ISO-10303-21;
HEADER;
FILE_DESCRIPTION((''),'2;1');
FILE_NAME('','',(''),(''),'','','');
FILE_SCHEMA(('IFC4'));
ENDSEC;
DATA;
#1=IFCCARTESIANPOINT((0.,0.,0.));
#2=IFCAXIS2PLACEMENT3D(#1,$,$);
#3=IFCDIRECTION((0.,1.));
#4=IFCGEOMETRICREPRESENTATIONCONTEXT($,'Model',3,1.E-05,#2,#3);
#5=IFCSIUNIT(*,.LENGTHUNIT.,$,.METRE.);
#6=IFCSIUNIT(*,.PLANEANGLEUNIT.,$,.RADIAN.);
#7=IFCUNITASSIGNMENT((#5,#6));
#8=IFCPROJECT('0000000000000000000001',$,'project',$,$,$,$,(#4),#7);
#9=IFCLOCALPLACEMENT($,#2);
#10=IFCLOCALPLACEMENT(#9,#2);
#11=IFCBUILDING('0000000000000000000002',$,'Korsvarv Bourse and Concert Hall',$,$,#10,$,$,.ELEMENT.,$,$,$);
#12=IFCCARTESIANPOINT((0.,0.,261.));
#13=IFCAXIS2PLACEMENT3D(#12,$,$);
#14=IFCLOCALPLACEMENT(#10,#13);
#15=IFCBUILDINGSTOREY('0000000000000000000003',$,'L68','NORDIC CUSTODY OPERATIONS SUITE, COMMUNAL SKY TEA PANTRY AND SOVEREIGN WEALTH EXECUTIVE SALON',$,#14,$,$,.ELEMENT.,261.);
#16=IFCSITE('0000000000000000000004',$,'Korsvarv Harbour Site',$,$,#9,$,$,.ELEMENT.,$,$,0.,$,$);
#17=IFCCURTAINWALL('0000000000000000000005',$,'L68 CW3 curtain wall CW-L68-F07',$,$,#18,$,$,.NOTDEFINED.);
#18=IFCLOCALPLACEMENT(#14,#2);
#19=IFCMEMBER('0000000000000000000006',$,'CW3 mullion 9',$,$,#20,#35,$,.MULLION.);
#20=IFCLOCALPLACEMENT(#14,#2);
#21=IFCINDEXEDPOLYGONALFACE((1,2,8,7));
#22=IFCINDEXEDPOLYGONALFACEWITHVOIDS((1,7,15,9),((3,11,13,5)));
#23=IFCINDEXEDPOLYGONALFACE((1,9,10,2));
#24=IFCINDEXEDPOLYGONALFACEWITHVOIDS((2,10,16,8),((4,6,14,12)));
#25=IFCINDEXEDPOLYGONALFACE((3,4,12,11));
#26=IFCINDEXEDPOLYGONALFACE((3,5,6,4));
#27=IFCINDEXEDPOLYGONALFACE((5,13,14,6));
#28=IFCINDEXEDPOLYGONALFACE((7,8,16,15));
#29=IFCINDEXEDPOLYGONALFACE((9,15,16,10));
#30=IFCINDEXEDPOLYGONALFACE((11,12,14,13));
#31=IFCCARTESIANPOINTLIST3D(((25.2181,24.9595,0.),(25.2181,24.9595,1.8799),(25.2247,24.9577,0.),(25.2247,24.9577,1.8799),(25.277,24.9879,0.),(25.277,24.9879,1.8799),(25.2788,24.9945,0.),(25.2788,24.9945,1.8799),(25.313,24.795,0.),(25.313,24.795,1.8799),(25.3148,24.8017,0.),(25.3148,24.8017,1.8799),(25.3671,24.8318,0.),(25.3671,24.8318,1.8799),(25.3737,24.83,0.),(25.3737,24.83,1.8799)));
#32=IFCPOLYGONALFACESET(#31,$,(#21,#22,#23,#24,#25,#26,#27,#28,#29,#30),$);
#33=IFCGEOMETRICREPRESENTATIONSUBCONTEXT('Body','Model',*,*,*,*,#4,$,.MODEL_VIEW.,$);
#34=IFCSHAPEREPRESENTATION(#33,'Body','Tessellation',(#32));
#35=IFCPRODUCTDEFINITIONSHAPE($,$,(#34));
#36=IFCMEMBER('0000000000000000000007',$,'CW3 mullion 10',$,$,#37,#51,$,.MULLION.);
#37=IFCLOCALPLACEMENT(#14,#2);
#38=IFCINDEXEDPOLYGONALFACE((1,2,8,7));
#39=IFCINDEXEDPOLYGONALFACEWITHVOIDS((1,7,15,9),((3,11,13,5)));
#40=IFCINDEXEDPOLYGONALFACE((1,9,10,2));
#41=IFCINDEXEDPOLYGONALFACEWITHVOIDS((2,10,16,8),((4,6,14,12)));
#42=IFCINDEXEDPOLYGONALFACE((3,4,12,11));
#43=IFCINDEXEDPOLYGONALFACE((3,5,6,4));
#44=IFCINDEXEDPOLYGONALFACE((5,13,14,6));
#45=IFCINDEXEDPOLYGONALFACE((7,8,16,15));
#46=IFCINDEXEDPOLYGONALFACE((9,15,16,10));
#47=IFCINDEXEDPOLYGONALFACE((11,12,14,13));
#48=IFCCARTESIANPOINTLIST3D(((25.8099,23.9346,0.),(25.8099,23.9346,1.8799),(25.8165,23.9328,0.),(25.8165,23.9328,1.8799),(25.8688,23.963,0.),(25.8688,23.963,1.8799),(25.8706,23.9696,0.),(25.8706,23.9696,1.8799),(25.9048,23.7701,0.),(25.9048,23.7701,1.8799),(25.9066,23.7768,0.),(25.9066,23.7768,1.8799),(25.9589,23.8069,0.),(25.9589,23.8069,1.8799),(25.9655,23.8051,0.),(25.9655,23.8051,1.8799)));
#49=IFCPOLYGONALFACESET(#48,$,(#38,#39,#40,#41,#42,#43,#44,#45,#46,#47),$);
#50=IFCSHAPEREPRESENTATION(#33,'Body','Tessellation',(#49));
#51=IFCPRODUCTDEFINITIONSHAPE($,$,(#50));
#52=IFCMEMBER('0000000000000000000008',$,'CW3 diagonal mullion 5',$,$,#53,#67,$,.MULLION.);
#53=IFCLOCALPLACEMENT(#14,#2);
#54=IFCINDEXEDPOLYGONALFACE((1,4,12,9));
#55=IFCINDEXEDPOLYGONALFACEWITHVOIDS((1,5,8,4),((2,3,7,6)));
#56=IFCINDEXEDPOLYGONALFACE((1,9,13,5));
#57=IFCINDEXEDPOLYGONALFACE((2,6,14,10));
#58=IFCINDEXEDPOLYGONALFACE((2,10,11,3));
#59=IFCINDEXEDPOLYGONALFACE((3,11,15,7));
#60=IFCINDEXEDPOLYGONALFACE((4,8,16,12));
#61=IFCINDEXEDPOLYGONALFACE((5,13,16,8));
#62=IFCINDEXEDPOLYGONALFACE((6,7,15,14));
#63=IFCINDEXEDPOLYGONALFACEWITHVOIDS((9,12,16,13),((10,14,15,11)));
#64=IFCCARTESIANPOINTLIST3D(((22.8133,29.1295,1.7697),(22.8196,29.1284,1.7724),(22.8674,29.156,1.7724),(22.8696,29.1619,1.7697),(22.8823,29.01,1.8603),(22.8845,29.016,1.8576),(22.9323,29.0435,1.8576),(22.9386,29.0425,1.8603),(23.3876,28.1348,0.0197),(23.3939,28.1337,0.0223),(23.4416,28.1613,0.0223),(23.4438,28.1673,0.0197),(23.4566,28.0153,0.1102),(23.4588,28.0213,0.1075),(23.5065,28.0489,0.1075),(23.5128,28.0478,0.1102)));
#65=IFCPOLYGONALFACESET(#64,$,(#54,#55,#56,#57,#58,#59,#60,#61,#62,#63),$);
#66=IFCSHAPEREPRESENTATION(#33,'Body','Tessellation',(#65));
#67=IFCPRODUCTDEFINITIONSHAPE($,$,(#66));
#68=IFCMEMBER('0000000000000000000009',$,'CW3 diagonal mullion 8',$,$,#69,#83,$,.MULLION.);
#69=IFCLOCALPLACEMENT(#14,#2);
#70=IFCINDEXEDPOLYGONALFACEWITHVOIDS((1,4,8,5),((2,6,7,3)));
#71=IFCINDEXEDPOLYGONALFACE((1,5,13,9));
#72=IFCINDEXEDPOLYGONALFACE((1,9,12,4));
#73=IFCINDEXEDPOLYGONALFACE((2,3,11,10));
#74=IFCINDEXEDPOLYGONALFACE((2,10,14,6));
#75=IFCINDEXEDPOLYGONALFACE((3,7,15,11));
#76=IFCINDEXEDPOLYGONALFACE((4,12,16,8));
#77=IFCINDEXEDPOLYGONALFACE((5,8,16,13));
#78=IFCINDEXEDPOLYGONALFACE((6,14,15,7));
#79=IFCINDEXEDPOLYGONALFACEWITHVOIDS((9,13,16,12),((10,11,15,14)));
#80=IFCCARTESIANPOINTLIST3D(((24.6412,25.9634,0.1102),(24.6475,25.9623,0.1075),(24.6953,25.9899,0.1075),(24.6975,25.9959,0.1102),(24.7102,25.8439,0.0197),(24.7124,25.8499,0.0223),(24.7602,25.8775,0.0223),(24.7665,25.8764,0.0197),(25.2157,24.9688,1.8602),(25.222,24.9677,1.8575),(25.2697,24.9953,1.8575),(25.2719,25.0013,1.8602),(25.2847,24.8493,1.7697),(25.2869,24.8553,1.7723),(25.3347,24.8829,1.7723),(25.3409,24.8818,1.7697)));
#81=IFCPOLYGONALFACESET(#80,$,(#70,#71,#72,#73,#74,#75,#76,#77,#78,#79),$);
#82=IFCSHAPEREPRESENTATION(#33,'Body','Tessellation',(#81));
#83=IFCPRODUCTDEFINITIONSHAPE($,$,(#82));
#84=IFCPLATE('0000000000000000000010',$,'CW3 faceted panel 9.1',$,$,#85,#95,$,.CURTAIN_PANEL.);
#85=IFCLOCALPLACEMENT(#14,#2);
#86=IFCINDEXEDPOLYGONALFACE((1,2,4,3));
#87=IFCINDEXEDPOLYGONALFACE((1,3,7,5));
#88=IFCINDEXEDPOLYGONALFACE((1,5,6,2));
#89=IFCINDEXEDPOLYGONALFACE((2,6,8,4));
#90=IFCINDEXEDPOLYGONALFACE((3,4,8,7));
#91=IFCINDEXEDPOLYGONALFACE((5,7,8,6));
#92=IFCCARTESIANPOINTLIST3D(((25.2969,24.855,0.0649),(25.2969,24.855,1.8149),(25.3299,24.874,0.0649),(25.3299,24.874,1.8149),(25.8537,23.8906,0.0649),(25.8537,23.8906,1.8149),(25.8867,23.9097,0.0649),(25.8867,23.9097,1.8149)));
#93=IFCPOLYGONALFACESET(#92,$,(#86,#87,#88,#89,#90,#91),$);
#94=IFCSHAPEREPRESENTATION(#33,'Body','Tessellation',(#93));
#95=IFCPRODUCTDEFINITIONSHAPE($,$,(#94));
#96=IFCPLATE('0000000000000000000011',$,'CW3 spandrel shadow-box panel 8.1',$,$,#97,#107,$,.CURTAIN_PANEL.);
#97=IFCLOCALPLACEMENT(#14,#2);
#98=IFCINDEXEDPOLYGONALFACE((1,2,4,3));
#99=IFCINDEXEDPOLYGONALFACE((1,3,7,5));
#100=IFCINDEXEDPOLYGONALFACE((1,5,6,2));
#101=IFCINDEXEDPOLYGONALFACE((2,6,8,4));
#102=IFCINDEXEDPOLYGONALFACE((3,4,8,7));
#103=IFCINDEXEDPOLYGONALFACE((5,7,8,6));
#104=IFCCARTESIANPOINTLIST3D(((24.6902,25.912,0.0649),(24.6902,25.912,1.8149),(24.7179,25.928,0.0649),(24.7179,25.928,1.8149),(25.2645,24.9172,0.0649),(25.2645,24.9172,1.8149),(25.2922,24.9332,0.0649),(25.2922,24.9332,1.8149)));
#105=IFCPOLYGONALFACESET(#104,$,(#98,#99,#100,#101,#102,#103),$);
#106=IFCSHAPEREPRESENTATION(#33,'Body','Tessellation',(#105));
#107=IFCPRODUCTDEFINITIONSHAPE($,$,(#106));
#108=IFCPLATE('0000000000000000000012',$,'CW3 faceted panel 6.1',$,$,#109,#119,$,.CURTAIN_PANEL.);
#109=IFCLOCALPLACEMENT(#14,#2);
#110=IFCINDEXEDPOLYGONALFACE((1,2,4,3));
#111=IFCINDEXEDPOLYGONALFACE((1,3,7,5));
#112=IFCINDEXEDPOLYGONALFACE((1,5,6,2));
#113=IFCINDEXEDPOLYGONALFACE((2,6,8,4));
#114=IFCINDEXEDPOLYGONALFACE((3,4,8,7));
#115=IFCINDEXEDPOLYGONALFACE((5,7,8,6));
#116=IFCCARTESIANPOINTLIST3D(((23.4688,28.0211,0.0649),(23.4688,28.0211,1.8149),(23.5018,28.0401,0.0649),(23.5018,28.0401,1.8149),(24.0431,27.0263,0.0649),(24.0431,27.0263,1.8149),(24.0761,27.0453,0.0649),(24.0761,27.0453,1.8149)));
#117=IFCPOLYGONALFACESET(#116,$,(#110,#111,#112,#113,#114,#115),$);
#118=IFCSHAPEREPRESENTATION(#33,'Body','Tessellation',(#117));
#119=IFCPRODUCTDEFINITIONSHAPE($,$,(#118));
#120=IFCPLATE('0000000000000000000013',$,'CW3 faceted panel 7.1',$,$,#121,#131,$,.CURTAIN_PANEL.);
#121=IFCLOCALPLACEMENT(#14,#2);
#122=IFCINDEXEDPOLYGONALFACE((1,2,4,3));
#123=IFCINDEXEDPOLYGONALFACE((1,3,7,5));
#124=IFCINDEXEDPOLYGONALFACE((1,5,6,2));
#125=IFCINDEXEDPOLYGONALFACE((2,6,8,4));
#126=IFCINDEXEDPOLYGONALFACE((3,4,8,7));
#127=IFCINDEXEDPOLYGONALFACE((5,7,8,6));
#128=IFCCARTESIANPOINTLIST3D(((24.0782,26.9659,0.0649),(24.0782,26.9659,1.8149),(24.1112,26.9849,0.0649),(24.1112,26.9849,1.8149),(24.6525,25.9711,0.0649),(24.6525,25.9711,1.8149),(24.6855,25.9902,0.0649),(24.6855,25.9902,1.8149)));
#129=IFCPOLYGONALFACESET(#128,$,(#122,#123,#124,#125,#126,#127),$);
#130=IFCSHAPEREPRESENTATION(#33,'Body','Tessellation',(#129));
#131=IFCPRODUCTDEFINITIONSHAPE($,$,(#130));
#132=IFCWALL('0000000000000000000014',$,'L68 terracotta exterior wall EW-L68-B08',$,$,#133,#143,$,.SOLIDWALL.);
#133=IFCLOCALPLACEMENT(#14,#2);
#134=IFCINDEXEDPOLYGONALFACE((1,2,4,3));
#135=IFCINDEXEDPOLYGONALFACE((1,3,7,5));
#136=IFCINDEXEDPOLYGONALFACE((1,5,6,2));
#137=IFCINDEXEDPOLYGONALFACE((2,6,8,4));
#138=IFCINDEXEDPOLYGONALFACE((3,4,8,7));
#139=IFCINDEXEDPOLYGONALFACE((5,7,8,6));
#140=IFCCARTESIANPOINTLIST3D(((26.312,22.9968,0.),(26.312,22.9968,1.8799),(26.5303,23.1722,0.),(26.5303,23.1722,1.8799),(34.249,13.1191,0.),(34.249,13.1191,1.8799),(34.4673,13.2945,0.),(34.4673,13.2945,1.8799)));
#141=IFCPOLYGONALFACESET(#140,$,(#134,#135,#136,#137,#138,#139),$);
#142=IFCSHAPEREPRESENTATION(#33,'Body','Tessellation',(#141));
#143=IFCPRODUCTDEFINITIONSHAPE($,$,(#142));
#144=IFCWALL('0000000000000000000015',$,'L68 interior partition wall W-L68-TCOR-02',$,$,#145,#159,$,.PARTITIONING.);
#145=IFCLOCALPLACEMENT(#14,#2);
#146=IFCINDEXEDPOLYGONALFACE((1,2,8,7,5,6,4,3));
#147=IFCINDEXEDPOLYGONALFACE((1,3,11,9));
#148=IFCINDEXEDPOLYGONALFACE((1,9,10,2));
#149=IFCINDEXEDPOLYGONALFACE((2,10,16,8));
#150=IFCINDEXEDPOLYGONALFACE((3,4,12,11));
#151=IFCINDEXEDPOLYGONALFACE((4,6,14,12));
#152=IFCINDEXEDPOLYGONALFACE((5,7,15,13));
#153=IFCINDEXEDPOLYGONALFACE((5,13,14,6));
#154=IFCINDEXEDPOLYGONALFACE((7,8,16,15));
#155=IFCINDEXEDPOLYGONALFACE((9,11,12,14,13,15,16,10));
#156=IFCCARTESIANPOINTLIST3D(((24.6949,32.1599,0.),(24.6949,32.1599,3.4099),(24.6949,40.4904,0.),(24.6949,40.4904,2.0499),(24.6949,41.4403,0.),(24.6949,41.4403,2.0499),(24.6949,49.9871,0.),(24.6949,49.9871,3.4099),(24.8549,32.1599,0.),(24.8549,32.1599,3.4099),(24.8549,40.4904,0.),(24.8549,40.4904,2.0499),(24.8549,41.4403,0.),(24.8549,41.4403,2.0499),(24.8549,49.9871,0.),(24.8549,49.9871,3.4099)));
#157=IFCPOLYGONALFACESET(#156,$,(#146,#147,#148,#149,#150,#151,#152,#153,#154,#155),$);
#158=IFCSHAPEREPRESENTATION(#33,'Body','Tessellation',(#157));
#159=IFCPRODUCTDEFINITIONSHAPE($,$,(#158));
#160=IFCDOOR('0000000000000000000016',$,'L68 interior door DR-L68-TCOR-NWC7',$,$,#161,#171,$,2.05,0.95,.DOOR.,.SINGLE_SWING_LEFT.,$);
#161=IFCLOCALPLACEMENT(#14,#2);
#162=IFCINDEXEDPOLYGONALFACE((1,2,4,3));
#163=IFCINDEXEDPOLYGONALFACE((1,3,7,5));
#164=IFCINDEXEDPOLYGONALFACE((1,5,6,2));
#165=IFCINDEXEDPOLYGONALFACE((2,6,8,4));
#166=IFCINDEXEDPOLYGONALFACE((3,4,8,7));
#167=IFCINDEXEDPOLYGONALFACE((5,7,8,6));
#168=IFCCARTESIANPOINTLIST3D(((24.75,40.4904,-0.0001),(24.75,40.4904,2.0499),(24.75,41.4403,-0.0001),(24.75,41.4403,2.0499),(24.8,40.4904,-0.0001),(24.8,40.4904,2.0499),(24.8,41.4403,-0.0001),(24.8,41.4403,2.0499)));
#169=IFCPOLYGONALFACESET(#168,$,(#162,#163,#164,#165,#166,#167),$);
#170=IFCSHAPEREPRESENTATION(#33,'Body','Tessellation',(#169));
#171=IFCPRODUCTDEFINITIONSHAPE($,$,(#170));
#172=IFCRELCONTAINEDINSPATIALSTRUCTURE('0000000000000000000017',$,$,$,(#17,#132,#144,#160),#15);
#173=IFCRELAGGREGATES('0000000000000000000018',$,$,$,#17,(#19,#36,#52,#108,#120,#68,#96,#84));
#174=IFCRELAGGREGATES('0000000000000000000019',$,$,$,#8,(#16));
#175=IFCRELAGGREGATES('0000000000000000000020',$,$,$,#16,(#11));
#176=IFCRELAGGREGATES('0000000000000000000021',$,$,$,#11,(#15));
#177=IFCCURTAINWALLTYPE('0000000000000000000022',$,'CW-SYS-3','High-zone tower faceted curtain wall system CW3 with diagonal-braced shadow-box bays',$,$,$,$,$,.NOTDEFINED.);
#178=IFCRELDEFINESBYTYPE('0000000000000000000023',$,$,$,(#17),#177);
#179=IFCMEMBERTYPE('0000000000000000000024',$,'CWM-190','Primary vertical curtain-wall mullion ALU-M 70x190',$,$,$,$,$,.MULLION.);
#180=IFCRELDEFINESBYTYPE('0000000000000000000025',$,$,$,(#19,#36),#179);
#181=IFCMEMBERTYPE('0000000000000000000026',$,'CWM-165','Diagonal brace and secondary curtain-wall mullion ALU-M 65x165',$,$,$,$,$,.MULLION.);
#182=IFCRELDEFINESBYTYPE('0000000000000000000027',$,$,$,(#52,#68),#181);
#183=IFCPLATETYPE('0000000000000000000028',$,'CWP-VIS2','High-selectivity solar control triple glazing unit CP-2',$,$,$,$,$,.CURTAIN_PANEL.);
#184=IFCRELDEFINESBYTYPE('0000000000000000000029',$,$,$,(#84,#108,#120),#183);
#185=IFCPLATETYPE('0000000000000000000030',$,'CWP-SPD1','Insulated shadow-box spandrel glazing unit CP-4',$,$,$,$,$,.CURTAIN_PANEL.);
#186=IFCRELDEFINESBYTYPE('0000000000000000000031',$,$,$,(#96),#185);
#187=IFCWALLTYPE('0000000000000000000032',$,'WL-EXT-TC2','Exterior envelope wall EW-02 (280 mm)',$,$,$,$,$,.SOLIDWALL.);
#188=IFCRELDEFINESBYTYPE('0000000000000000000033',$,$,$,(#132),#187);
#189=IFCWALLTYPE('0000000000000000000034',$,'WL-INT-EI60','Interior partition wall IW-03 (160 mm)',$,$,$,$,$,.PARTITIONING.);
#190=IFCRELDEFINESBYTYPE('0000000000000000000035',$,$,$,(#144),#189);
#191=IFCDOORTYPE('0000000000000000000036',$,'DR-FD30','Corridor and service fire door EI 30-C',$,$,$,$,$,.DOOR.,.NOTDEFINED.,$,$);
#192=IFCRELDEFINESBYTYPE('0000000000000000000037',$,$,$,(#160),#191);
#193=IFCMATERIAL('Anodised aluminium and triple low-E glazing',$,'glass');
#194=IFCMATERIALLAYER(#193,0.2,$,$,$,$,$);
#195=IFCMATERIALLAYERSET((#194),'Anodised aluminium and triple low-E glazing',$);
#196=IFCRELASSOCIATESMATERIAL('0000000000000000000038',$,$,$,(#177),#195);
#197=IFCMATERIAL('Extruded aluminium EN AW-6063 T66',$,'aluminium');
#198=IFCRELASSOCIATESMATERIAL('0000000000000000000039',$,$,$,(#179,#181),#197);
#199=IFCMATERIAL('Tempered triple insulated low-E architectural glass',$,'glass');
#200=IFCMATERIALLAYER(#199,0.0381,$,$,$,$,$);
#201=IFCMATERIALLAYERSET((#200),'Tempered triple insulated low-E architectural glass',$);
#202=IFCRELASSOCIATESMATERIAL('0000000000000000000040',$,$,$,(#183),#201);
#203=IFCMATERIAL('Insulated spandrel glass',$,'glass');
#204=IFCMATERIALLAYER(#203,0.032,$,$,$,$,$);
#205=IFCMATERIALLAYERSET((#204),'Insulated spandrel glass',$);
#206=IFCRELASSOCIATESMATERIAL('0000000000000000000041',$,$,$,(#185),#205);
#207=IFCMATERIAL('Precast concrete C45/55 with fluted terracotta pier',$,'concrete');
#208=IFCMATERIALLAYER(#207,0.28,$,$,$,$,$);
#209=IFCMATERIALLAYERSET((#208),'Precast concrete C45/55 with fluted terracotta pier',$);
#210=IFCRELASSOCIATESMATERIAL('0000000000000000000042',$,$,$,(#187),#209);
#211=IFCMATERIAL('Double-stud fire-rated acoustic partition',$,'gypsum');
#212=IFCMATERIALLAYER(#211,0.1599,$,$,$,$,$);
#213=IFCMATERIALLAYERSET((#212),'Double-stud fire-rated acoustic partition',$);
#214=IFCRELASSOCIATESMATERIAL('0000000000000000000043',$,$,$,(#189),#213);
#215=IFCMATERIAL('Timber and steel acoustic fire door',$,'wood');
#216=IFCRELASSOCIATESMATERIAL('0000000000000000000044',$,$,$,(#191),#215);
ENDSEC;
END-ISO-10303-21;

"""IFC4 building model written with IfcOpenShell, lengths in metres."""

from ifc_helpers import new_model, si_unit, direction, frame, frame_2d, origin, origin_2d, place, context, subcontext, project, spatial, rectangle, hollow_rectangle, extrude, source, transform, mapped, material, layer, layer_set, material_profile, profile_set, type_object, element, fill, aggregate, save


model = new_model("IFC4")

# Units and contexts
model_context = context("Model", 3, precision=1e-05, world=origin(), true_north=direction((0.0, 1.0)))
body_context = subcontext(model_context, "Body", "Model", "MODEL_VIEW")
ifc_project = project(units=[si_unit("LENGTHUNIT", "METRE"), si_unit("PLANEANGLEUNIT", "RADIAN")], contexts=[model_context])

# Site, building, storey
site_placement = place(None, origin())
site = spatial("IfcSite", under=ifc_project, at=site_placement, Name="Korsvarv Harbour Site", CompositionType="ELEMENT", RefElevation=0.0)
building_placement = place(site_placement, origin())
building = spatial("IfcBuilding", under=site, at=building_placement, Name="Korsvarv Bourse and Concert Hall", CompositionType="ELEMENT")
storey_placement = place(building_placement, frame((0.0, 0.0, 261.0)))
storey = spatial("IfcBuildingStorey", under=building, at=storey_placement, Name="L68", Description="NORDIC CUSTODY OPERATIONS SUITE, COMMUNAL SKY TEA PANTRY AND SOVEREIGN WEALTH EXECUTIVE SALON", CompositionType="ELEMENT", Elevation=261.0)

# Curtain wall, members, plates
ifc_material_1 = material(Name="Anodised aluminium and triple low-E glazing", Category="glass")
ifc_layer_1 = layer(ifc_material_1, 0.2)
ifc_layer_set_1 = layer_set([ifc_layer_1], Name="Anodised aluminium and triple low-E glazing")
curtain_wall_type = type_object("IfcCurtainWallType", Name="CW-SYS-3", Description="High-zone tower faceted curtain wall system CW3 with diagonal-braced shadow-box bays", PredefinedType="NOTDEFINED", material=ifc_layer_set_1)
curtain_wall_placement = place(storey_placement, origin())
curtain_wall = element("IfcCurtainWall", 1, at=curtain_wall_placement, inside=storey, type_object=curtain_wall_type, Name="L68 CW3 curtain wall CW-L68-F07", PredefinedType="NOTDEFINED")
ifc_material_2 = material(Name="Extruded aluminium EN AW-6063 T66", Category="aluminium")
ifc_material_profile_1 = material_profile(ifc_material_2, hollow_rectangle(XDim=0.0701, YDim=0.1899, WallThickness=0.0049, at=origin_2d()), Name="ALU-M 70x190")
ifc_profile_set_1 = profile_set([ifc_material_profile_1], Name="Extruded aluminium EN AW-6063 T66")
member_type_1 = type_object("IfcMemberType", Name="CWM-190", Description="Primary vertical curtain-wall mullion ALU-M 70x190", PredefinedType="MULLION", material=ifc_profile_set_1)
shared_shape_1 = source(origin(), body_context, "Body", "SweptSolid", [
    extrude(hollow_rectangle(XDim=0.0701, YDim=0.1899, WallThickness=0.0049, at=origin_2d()), origin(), (0.0, 0.0, 1.0), 1.8799),
])
member_1_placement = place(storey_placement, frame((25.2959, 24.8948, 0.0), z_axis=(0.0, 0.0, 1.0), x_axis=(0.866023, 0.500004, 0.0)))
member_1 = element("IfcMember", 2, at=member_1_placement, type_object=member_type_1, Name="CW3 mullion 9", PredefinedType="MULLION", context=body_context, shape_type="MappedRepresentation", body=[
    mapped(shared_shape_1, transform((0.0, 0.0, 0.0), scale=1.0)),
])
member_2_placement = place(storey_placement, frame((25.8877, 23.8699, 0.0), z_axis=(0.0, 0.0, 1.0), x_axis=(0.866023, 0.500004, 0.0)))
member_2 = element("IfcMember", 3, at=member_2_placement, type_object=member_type_1, Name="CW3 mullion 10", PredefinedType="MULLION", context=body_context, shape_type="MappedRepresentation", body=[
    mapped(shared_shape_1, transform((0.0, 0.0, 0.0), scale=1.0)),
])
ifc_material_profile_2 = material_profile(ifc_material_2, hollow_rectangle(XDim=0.0649, YDim=0.165, WallThickness=0.0049, at=origin_2d()), Name="ALU-M 65x165")
ifc_profile_set_2 = profile_set([ifc_material_profile_2], Name="Extruded aluminium EN AW-6063 T66")
member_type_2 = type_object("IfcMemberType", Name="CWM-165", Description="Diagonal brace and secondary curtain-wall mullion ALU-M 65x165", PredefinedType="MULLION", material=ifc_profile_set_2)
shared_shape_2 = source(origin(), body_context, "Body", "SweptSolid", [
    extrude(hollow_rectangle(XDim=0.0649, YDim=0.165, WallThickness=0.0049, at=origin_2d()), origin(), (0.0, 0.0, 1.0), 2.0933),
])
member_3_placement = place(storey_placement, frame((23.4502, 28.0913, 0.0649), z_axis=(-0.274325, 0.47517, 0.836038), x_axis=(-0.866037, -0.49998, 0.0)))
member_3 = element("IfcMember", 4, at=member_3_placement, type_object=member_type_2, Name="CW3 diagonal mullion 5", PredefinedType="MULLION", context=body_context, shape_type="MappedRepresentation", body=[
    mapped(shared_shape_2, transform((0.0, 0.0, 0.0), scale=1.0)),
])
member_4_placement = place(storey_placement, frame((24.7039, 25.9199, 0.0649), z_axis=(0.274433, -0.475155, 0.836011), x_axis=(0.865945, 0.500139, 0.0)))
member_4 = element("IfcMember", 5, at=member_4_placement, type_object=member_type_2, Name="CW3 diagonal mullion 8", PredefinedType="MULLION", context=body_context, shape_type="MappedRepresentation", body=[
    mapped(shared_shape_2, transform((0.0, 0.0, 0.0), scale=1.0)),
])
ifc_material_3 = material(Name="Tempered triple insulated low-E architectural glass", Category="glass")
ifc_layer_2 = layer(ifc_material_3, 0.0381)
ifc_layer_set_2 = layer_set([ifc_layer_2], Name="Tempered triple insulated low-E architectural glass")
plate_type_1 = type_object("IfcPlateType", Name="CWP-VIS2", Description="High-selectivity solar control triple glazing unit CP-2", PredefinedType="CURTAIN_PANEL", material=ifc_layer_set_2)
shared_shape_3 = source(origin(), body_context, "Body", "SweptSolid", [
    extrude(rectangle(XDim=1.1135, YDim=0.0381, at=origin_2d()), origin(), (0.0, 0.0, 1.0), 1.75),
])
plate_1_placement = place(storey_placement, frame((25.5918, 24.3823, 0.0649), z_axis=(0.0, 0.0, 1.0), x_axis=(0.500004, -0.866023, 0.0)))
plate_1 = element("IfcPlate", 6, at=plate_1_placement, type_object=plate_type_1, Name="CW3 faceted panel 9.1", PredefinedType="CURTAIN_PANEL", context=body_context, shape_type="MappedRepresentation", body=[
    mapped(shared_shape_3, transform((0.0, 0.0, 0.0), scale=1.0)),
])
ifc_material_4 = material(Name="Insulated spandrel glass", Category="glass")
ifc_layer_3 = layer(ifc_material_4, 0.032)
ifc_layer_set_3 = layer_set([ifc_layer_3], Name="Insulated spandrel glass")
plate_type_2 = type_object("IfcPlateType", Name="CWP-SPD1", Description="Insulated shadow-box spandrel glazing unit CP-4", PredefinedType="CURTAIN_PANEL", material=ifc_layer_set_3)
shared_shape_4 = source(origin(), body_context, "Body", "SweptSolid", [
    extrude(rectangle(XDim=1.1487, YDim=0.032, at=origin_2d()), origin(), (0.0, 0.0, 1.0), 1.75),
])
plate_2_placement = place(storey_placement, frame((24.9912, 25.4226, 0.0649), z_axis=(0.0, 0.0, 1.0), x_axis=(0.500004, -0.866023, 0.0)))
plate_2 = element("IfcPlate", 7, at=plate_2_placement, type_object=plate_type_2, Name="CW3 spandrel shadow-box panel 8.1", PredefinedType="CURTAIN_PANEL", context=body_context, shape_type="MappedRepresentation", body=[
    mapped(shared_shape_4, transform((0.0, 0.0, 0.0), scale=1.0)),
])
shared_shape_5 = source(origin(), body_context, "Body", "SweptSolid", [
    extrude(rectangle(XDim=1.1487, YDim=0.0381, at=origin_2d()), origin(), (0.0, 0.0, 1.0), 1.75),
])
plate_3_placement = place(storey_placement, frame((23.7725, 27.5332, 0.0649), z_axis=(0.0, 0.0, 1.0), x_axis=(0.500004, -0.866023, 0.0)))
plate_3 = element("IfcPlate", 8, at=plate_3_placement, type_object=plate_type_1, Name="CW3 faceted panel 6.1", PredefinedType="CURTAIN_PANEL", context=body_context, shape_type="MappedRepresentation", body=[
    mapped(shared_shape_5, transform((0.0, 0.0, 0.0), scale=1.0)),
])
plate_4_placement = place(storey_placement, frame((24.3818, 26.478, 0.0649), z_axis=(0.0, 0.0, 1.0), x_axis=(0.500004, -0.866023, 0.0)))
plate_4 = element("IfcPlate", 9, at=plate_4_placement, type_object=plate_type_1, Name="CW3 faceted panel 7.1", PredefinedType="CURTAIN_PANEL", context=body_context, shape_type="MappedRepresentation", body=[
    mapped(shared_shape_5, transform((0.0, 0.0, 0.0), scale=1.0)),
])
aggregate(curtain_wall, [member_1, member_2, member_3, plate_3, plate_4, member_4, plate_2, plate_1])

# Wall
ifc_material_5 = material(Name="Precast concrete C45/55 with fluted terracotta pier", Category="concrete")
ifc_layer_4 = layer(ifc_material_5, 0.28)
ifc_layer_set_4 = layer_set([ifc_layer_4], Name="Precast concrete C45/55 with fluted terracotta pier")
wall_type_1 = type_object("IfcWallType", Name="WL-EXT-TC2", Description="Exterior envelope wall EW-02 (280 mm)", PredefinedType="SOLIDWALL", material=ifc_layer_set_4)
wall_1_placement = place(storey_placement, frame((26.4211, 23.0845, 0.0), z_axis=(0.0, 0.0, 1.0), x_axis=(0.626371, -0.779525, 0.0)))
element("IfcWall", 10, at=wall_1_placement, inside=storey, type_object=wall_type_1, Name="L68 terracotta exterior wall EW-L68-B08", PredefinedType="SOLIDWALL", context=body_context, shape_type="SweptSolid", body=[
    extrude(rectangle(XDim=12.6714, YDim=0.28, at=frame_2d((6.3357, 0.0))), origin(), (0.0, 0.0, 1.0), 1.8799),
])

# Wall, opening, door
ifc_material_6 = material(Name="Double-stud fire-rated acoustic partition", Category="gypsum")
ifc_layer_5 = layer(ifc_material_6, 0.1599)
ifc_layer_set_5 = layer_set([ifc_layer_5], Name="Double-stud fire-rated acoustic partition")
wall_type_2 = type_object("IfcWallType", Name="WL-INT-EI60", Description="Interior partition wall IW-03 (160 mm)", PredefinedType="PARTITIONING", material=ifc_layer_set_5)
wall_2_placement = place(storey_placement, frame((24.7749, 32.1599, 0.0), z_axis=(0.0, 0.0, 1.0), x_axis=(0.0, 1.0, 0.0)))
wall_2 = element("IfcWall", 11, at=wall_2_placement, inside=storey, type_object=wall_type_2, Name="L68 interior partition wall W-L68-TCOR-02", PredefinedType="PARTITIONING", context=body_context, shape_type="SweptSolid", body=[
    extrude(rectangle(XDim=17.8271, YDim=0.1599, at=frame_2d((8.9136, 0.0))), origin(), (0.0, 0.0, 1.0), 3.4099),
])
opening_1_placement = place(wall_2_placement, frame((8.3303, 0.0, 0.0)))
opening_1 = element("IfcOpeningElement", 12, at=opening_1_placement, cuts=wall_2, PredefinedType="OPENING", context=body_context, shape_type="SweptSolid", body=[
    extrude(rectangle(XDim=0.95, YDim=2.05, at=frame_2d((0.4751, 1.0249))), frame((0.0, 0.0898, 0.0), z_axis=(0.0, -1.0, 0.0), x_axis=(1.0, 0.0, 0.0)), (0.0, 0.0, 1.0), 0.1799),
])
ifc_material_7 = material(Name="Timber and steel acoustic fire door", Category="wood")
door_type_1 = type_object("IfcDoorType", Name="DR-FD30", Description="Corridor and service fire door EI 30-C", OperationType="NOTDEFINED", PredefinedType="DOOR", material=ifc_material_7)
door_1_placement = place(opening_1_placement, origin())
door_1 = element("IfcDoor", 13, at=door_1_placement, inside=storey, type_object=door_type_1, Name="L68 interior door DR-L68-TCOR-NWC7", OperationType="SINGLE_SWING_LEFT", OverallHeight=2.05, OverallWidth=0.95, PredefinedType="DOOR", context=body_context, shape_type="SweptSolid", body=[
    extrude(rectangle(XDim=0.95, YDim=2.05, at=frame_2d((0.4751, 1.0249))), frame((0.0, 0.0249, 0.0), z_axis=(0.0, -1.0, 0.0), x_axis=(1.0, 0.0, 0.0)), (0.0, 0.0, 1.0), 0.05),
])
fill(opening_1, door_1)

save(model, "model.ifc")
